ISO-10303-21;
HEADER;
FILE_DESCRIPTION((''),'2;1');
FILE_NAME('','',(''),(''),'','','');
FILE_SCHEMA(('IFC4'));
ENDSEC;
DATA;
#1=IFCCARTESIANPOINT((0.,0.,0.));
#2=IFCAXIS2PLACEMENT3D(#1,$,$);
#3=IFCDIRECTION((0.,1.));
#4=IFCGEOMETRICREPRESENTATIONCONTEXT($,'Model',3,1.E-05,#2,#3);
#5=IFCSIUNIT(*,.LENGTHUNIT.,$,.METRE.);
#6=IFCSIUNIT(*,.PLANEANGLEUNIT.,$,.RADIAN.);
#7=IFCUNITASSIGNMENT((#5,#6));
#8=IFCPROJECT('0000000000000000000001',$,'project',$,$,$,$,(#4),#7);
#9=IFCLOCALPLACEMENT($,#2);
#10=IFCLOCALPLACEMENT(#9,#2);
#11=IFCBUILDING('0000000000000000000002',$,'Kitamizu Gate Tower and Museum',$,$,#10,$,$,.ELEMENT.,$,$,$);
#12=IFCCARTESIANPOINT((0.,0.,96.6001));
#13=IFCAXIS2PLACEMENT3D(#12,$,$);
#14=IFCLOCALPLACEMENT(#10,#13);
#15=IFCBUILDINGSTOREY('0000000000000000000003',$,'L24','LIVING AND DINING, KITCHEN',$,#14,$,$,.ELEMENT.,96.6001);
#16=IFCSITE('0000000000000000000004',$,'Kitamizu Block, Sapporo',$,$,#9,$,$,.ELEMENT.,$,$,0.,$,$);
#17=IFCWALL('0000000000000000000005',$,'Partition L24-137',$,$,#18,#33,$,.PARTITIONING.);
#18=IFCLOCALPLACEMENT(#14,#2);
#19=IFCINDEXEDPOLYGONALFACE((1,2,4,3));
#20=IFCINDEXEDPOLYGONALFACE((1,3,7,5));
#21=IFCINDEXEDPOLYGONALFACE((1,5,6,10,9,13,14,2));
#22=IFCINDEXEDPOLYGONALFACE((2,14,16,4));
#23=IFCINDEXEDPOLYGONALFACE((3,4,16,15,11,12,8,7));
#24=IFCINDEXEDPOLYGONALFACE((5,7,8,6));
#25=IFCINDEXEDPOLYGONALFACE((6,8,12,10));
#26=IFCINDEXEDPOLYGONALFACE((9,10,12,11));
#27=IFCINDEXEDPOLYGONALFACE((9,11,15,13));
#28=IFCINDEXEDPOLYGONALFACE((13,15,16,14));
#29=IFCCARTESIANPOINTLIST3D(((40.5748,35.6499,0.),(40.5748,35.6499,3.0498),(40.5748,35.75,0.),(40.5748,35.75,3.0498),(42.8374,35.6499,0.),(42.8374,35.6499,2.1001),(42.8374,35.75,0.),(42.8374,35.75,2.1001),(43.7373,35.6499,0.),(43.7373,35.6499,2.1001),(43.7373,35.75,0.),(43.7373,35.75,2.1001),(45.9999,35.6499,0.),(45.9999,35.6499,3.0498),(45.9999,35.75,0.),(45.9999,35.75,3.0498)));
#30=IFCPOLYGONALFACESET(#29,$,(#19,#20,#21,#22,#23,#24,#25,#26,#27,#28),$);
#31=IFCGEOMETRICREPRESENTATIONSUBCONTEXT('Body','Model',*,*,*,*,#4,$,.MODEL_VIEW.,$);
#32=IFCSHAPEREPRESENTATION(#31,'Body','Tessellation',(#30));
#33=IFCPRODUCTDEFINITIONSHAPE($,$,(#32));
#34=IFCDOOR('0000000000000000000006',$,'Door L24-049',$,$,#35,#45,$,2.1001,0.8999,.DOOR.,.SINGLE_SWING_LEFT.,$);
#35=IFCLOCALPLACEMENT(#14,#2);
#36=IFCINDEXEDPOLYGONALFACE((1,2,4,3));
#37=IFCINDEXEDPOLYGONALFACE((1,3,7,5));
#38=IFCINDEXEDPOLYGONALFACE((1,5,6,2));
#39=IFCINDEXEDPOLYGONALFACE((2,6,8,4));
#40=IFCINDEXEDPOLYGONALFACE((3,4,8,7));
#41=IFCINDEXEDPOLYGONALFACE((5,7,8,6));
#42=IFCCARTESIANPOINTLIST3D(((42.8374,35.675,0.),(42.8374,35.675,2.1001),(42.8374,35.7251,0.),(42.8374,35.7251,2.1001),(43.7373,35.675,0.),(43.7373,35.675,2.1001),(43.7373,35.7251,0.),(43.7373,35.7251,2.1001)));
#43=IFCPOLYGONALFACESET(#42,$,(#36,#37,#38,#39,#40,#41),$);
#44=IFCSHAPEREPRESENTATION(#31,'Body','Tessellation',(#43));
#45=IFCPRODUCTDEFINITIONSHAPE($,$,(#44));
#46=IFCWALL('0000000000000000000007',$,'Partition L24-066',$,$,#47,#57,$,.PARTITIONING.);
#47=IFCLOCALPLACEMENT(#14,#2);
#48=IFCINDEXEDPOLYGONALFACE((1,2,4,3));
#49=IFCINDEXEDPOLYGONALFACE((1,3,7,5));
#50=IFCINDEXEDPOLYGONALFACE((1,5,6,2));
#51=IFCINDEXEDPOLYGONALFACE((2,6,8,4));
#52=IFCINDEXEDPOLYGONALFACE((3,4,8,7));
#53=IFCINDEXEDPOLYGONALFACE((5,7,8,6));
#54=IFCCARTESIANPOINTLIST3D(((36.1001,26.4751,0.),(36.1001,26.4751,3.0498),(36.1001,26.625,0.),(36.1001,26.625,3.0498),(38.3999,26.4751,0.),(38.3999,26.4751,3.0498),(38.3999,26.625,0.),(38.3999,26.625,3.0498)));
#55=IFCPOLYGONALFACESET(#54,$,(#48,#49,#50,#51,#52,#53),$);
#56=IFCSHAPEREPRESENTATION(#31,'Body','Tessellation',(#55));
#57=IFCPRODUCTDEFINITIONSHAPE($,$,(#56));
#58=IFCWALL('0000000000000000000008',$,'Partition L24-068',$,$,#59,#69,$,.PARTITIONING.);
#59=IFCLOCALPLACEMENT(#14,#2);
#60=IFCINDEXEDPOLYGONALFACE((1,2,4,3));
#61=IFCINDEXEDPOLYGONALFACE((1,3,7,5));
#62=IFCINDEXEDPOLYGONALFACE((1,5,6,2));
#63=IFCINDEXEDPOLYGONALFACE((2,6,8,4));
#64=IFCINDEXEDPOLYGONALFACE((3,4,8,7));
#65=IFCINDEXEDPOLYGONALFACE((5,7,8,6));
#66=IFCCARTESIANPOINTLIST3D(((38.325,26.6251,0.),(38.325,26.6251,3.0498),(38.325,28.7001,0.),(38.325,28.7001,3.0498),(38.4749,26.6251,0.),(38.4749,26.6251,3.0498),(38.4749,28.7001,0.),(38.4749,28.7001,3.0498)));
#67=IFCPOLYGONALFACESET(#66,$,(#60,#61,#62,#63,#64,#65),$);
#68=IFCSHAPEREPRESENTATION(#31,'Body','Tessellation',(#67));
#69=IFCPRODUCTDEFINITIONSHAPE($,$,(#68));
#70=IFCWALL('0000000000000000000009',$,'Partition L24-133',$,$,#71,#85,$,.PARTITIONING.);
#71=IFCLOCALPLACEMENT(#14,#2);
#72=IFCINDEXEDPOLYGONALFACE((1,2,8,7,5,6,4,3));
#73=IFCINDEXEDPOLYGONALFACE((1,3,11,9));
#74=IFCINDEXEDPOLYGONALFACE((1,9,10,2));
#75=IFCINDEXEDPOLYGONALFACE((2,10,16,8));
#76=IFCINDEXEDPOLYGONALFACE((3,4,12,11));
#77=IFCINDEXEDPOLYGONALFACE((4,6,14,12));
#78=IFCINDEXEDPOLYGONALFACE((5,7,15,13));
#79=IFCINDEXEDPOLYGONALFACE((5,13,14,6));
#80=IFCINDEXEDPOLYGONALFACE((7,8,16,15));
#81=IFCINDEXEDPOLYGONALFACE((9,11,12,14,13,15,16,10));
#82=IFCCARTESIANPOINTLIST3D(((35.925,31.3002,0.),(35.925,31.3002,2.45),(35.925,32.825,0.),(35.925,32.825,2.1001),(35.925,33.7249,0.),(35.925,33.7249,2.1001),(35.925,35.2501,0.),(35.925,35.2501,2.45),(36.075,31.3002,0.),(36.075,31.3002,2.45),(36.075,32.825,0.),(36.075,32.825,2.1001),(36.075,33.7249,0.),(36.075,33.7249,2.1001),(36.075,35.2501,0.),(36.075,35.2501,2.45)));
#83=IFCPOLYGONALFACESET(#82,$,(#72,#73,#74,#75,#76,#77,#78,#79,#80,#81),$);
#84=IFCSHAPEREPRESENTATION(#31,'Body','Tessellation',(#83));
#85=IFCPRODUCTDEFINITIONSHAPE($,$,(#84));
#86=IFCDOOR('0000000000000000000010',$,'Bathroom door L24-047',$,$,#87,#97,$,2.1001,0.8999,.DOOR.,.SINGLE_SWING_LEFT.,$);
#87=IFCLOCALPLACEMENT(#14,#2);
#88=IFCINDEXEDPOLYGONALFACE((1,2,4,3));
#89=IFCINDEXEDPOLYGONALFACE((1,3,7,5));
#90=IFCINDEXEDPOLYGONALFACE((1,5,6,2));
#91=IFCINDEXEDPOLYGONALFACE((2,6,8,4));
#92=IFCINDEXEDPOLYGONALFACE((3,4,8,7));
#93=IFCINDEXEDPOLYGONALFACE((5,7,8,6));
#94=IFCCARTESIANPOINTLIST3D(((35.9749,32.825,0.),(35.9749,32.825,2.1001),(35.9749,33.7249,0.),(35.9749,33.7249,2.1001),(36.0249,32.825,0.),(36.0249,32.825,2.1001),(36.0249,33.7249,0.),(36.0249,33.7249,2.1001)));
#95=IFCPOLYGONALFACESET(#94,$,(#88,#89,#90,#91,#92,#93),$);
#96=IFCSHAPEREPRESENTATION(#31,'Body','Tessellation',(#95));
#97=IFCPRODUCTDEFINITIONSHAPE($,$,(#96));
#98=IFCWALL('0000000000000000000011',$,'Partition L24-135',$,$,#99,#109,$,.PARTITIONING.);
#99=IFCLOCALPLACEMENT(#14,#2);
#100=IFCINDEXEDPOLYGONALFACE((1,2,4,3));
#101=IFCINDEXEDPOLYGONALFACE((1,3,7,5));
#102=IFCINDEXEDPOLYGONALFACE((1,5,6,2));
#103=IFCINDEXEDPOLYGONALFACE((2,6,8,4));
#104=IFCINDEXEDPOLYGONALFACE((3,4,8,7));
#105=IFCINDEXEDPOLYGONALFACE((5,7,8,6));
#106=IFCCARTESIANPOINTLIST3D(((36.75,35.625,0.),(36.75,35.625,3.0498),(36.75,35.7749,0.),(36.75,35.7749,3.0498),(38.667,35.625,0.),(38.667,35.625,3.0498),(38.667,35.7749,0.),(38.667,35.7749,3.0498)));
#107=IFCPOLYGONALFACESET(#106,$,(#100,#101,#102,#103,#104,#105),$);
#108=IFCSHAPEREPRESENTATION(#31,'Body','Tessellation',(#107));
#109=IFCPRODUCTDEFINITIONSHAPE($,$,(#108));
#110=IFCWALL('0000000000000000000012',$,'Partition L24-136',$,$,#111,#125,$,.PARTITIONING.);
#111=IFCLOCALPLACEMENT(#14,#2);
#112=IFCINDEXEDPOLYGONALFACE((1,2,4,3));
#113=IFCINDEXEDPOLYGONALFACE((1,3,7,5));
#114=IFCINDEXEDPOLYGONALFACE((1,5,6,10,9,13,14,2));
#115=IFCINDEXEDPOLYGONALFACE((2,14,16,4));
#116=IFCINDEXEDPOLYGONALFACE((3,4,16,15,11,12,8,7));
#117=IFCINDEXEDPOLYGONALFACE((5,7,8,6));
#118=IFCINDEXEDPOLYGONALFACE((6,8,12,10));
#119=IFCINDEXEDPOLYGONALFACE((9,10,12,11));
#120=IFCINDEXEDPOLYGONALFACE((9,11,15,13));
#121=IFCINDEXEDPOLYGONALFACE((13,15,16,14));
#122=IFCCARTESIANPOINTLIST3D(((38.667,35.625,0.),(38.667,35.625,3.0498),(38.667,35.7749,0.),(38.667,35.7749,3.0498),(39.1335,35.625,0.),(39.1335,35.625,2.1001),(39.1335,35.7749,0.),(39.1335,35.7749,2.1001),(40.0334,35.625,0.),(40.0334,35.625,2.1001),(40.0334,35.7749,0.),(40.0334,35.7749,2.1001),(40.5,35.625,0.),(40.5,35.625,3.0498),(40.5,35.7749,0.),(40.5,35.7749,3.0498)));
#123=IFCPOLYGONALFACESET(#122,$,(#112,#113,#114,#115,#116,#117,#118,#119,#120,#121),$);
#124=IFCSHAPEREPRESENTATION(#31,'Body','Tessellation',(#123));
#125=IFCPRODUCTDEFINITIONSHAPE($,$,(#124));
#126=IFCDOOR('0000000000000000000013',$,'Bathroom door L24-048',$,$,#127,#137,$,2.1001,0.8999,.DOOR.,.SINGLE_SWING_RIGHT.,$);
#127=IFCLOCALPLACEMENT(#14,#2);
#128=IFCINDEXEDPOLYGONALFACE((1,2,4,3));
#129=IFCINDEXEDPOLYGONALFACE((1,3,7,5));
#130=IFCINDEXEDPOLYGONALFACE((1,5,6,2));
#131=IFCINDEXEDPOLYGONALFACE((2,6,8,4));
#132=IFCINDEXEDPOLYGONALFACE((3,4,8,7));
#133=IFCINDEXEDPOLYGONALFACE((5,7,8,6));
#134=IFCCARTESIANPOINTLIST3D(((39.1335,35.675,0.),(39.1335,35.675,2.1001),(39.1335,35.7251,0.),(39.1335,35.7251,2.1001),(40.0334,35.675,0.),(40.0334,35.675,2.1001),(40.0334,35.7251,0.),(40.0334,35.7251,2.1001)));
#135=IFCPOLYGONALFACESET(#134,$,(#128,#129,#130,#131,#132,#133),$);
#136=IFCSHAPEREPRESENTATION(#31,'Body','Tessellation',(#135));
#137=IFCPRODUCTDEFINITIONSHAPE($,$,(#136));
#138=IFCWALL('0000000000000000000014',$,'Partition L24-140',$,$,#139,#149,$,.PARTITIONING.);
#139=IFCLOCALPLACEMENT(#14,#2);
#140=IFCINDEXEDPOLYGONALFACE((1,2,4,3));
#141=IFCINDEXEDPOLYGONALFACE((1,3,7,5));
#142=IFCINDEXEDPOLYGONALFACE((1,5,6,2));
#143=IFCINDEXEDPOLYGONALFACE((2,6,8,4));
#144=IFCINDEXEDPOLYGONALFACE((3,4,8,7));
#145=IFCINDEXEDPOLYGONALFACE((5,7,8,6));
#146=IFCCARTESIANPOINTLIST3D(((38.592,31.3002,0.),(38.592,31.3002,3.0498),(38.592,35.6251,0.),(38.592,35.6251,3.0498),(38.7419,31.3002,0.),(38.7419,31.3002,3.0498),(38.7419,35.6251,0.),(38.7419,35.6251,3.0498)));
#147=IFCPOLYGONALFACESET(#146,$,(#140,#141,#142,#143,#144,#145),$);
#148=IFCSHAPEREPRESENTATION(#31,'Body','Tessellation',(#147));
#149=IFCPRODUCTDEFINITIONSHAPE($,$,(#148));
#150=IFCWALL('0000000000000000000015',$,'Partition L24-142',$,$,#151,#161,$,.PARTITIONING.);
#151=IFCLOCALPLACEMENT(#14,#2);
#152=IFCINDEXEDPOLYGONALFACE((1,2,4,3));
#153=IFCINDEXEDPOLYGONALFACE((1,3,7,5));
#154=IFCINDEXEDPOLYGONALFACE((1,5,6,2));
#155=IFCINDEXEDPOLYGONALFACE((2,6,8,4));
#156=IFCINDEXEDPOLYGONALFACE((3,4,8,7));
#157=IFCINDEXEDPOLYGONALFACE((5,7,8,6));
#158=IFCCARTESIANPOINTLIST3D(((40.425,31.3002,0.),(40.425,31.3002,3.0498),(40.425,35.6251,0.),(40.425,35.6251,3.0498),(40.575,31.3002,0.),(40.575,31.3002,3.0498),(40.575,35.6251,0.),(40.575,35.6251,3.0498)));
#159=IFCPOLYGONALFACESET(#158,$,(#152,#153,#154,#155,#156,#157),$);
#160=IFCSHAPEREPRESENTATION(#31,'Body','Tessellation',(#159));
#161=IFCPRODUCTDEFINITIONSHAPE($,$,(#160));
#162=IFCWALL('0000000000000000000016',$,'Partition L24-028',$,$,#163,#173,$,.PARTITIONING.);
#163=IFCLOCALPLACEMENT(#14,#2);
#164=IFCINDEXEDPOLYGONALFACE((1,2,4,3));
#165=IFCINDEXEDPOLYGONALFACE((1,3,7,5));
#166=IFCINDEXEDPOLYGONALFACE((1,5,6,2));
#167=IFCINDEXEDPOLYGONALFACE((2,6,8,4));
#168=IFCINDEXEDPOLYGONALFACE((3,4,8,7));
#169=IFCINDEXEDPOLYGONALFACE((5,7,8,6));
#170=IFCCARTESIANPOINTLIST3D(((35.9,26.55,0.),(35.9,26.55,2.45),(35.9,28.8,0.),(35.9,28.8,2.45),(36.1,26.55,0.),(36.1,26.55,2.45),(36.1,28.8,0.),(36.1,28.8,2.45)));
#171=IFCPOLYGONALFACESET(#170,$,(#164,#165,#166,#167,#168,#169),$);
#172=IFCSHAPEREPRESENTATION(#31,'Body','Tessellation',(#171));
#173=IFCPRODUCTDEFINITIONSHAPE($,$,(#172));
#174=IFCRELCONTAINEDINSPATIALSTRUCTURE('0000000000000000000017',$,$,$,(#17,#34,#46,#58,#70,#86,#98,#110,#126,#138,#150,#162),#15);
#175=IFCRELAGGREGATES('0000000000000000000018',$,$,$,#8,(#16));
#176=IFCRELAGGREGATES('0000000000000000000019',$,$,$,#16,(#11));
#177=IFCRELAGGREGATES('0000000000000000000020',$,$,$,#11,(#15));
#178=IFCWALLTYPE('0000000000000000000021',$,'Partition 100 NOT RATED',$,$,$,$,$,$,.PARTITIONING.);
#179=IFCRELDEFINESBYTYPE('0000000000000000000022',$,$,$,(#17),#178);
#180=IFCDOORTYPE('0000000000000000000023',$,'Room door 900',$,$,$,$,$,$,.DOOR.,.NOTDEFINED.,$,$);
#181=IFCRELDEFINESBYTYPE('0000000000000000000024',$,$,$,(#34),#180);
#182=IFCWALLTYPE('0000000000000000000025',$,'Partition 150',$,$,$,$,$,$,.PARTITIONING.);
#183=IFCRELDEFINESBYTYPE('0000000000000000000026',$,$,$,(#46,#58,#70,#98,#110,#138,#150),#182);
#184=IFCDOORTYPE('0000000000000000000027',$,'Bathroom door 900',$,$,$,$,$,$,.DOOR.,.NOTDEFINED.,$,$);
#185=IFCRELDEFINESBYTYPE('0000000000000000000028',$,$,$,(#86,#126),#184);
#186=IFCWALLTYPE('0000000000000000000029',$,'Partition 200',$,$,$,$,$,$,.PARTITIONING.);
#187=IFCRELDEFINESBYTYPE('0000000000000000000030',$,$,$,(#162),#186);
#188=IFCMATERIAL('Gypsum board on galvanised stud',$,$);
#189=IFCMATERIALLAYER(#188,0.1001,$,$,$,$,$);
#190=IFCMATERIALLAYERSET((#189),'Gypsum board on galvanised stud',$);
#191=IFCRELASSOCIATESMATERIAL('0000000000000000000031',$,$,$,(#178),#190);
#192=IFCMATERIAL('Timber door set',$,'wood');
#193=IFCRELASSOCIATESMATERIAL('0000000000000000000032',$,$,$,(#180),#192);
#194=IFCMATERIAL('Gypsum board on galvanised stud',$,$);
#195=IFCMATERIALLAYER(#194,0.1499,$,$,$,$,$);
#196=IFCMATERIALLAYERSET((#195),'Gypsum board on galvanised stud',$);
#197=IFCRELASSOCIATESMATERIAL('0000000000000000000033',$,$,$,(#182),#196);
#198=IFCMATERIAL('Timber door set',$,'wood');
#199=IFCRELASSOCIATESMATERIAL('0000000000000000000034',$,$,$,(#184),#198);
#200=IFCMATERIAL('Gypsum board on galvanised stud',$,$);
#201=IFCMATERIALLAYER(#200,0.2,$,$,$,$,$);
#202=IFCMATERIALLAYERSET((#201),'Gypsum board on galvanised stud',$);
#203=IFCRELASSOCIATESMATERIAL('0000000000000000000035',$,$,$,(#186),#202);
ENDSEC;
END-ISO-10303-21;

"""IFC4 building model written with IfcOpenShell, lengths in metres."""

from ifc_helpers import new_model, si_unit, direction, frame, frame_2d, origin, place, context, subcontext, project, spatial, rectangle, extrude, material, layer, layer_set, type_object, element, fill, save


model = new_model("IFC4")

# Units and contexts
model_context = context("Model", 3, precision=1e-05, world=origin(), true_north=direction((0.0, 1.0)))
body_context = subcontext(model_context, "Body", "Model", "MODEL_VIEW")
ifc_project = project(units=[si_unit("LENGTHUNIT", "METRE"), si_unit("PLANEANGLEUNIT", "RADIAN")], contexts=[model_context])

# Site, building, storey
site_placement = place(None, origin())
site = spatial("IfcSite", under=ifc_project, at=site_placement, Name="Kitamizu Block, Sapporo", CompositionType="ELEMENT", RefElevation=0.0)
building_placement = place(site_placement, origin())
building = spatial("IfcBuilding", under=site, at=building_placement, Name="Kitamizu Gate Tower and Museum", CompositionType="ELEMENT")
storey_placement = place(building_placement, frame((0.0, 0.0, 96.6001)))
storey = spatial("IfcBuildingStorey", under=building, at=storey_placement, Name="L24", Description="LIVING AND DINING, KITCHEN", CompositionType="ELEMENT", Elevation=96.6001)

# Wall, opening, door
ifc_material_1 = material(Name="Gypsum board on galvanised stud")
ifc_layer_1 = layer(ifc_material_1, 0.1001)
ifc_layer_set_1 = layer_set([ifc_layer_1], Name="Gypsum board on galvanised stud")
wall_type_1 = type_object("IfcWallType", Name="Partition 100 NOT RATED", PredefinedType="PARTITIONING", material=ifc_layer_set_1)
wall_1_placement = place(storey_placement, frame((40.575, 35.7, 0.0), z_axis=(0.0, 0.0, 1.0), x_axis=(1.0, 0.0, 0.0)))
wall_1 = element("IfcWall", 1, at=wall_1_placement, inside=storey, type_object=wall_type_1, Name="Partition L24-137", PredefinedType="PARTITIONING", context=body_context, shape_type="SweptSolid", body=[
    extrude(rectangle(XDim=5.425, YDim=0.1001, at=frame_2d((2.7124, 0.0))), origin(), (0.0, 0.0, 1.0), 3.0498),
])
opening_1_placement = place(wall_1_placement, frame((2.2625, 0.0, 0.0)))
opening_1 = element("IfcOpeningElement", 2, at=opening_1_placement, cuts=wall_1, PredefinedType="OPENING", context=body_context, shape_type="SweptSolid", body=[
    extrude(rectangle(XDim=0.8999, YDim=2.1001, at=frame_2d((0.45, 1.05))), frame((0.0, 0.0601, 0.0), z_axis=(0.0, -1.0, 0.0), x_axis=(1.0, 0.0, 0.0)), (0.0, 0.0, 1.0), 0.1201),
])
ifc_material_2 = material(Name="Timber door set", Category="wood")
door_type_1 = type_object("IfcDoorType", Name="Room door 900", OperationType="NOTDEFINED", PredefinedType="DOOR", material=ifc_material_2)
door_1_placement = place(opening_1_placement, frame((0.8999, 0.0, 0.0), x_axis=(-1.0, 0.0, 0.0)))
door_1 = element("IfcDoor", 3, at=door_1_placement, inside=storey, type_object=door_type_1, Name="Door L24-049", OperationType="SINGLE_SWING_LEFT", OverallHeight=2.1001, OverallWidth=0.8999, PredefinedType="DOOR", context=body_context, shape_type="SweptSolid", body=[
    extrude(rectangle(XDim=0.8999, YDim=2.1001, at=frame_2d((0.45, 1.05))), frame((0.0, 0.0249, 0.0), z_axis=(0.0, -1.0, 0.0), x_axis=(1.0, 0.0, 0.0)), (0.0, 0.0, 1.0), 0.05),
])
fill(opening_1, door_1)

# Walls
ifc_material_3 = material(Name="Gypsum board on galvanised stud")
ifc_layer_2 = layer(ifc_material_3, 0.1499)
ifc_layer_set_2 = layer_set([ifc_layer_2], Name="Gypsum board on galvanised stud")
wall_type_2 = type_object("IfcWallType", Name="Partition 150", PredefinedType="PARTITIONING", material=ifc_layer_set_2)
wall_2_placement = place(storey_placement, frame((38.3999, 26.55, 0.0), z_axis=(0.0, 0.0, 1.0), x_axis=(-1.0, 0.0, 0.0)))
element("IfcWall", 4, at=wall_2_placement, inside=storey, type_object=wall_type_2, Name="Partition L24-066", PredefinedType="PARTITIONING", context=body_context, shape_type="SweptSolid", body=[
    extrude(rectangle(XDim=2.2998, YDim=0.1499, at=frame_2d((1.1499, 0.0))), origin(), (0.0, 0.0, 1.0), 3.0498),
])
wall_3_placement = place(storey_placement, frame((38.3999, 26.625, 0.0), z_axis=(0.0, 0.0, 1.0), x_axis=(0.0, 1.0, 0.0)))
element("IfcWall", 5, at=wall_3_placement, inside=storey, type_object=wall_type_2, Name="Partition L24-068", PredefinedType="PARTITIONING", context=body_context, shape_type="SweptSolid", body=[
    extrude(rectangle(XDim=2.075, YDim=0.1499, at=frame_2d((1.0376, 0.0))), origin(), (0.0, 0.0, 1.0), 3.0498),
])

# Wall, opening, door
wall_4_placement = place(storey_placement, frame((36.0, 31.3, 0.0), z_axis=(0.0, 0.0, 1.0), x_axis=(0.0, 1.0, 0.0)))
wall_4 = element("IfcWall", 6, at=wall_4_placement, inside=storey, type_object=wall_type_2, Name="Partition L24-133", PredefinedType="PARTITIONING", context=body_context, shape_type="SweptSolid", body=[
    extrude(rectangle(XDim=3.95, YDim=0.1499, at=frame_2d((1.9751, 0.0))), origin(), (0.0, 0.0, 1.0), 2.45),
])
opening_2_placement = place(wall_4_placement, frame((1.5249, 0.0, 0.0)))
opening_2 = element("IfcOpeningElement", 7, at=opening_2_placement, cuts=wall_4, PredefinedType="OPENING", context=body_context, shape_type="SweptSolid", body=[
    extrude(rectangle(XDim=0.8999, YDim=2.1001, at=frame_2d((0.45, 1.05))), frame((0.0, 0.085, 0.0), z_axis=(0.0, -1.0, 0.0), x_axis=(1.0, 0.0, 0.0)), (0.0, 0.0, 1.0), 0.1699),
])
ifc_material_4 = material(Name="Timber door set", Category="wood")
door_type_2 = type_object("IfcDoorType", Name="Bathroom door 900", OperationType="NOTDEFINED", PredefinedType="DOOR", material=ifc_material_4)
door_2_placement = place(opening_2_placement, frame((0.8999, 0.0, 0.0), x_axis=(-1.0, 0.0, 0.0)))
door_2 = element("IfcDoor", 8, at=door_2_placement, inside=storey, type_object=door_type_2, Name="Bathroom door L24-047", OperationType="SINGLE_SWING_LEFT", OverallHeight=2.1001, OverallWidth=0.8999, PredefinedType="DOOR", context=body_context, shape_type="SweptSolid", body=[
    extrude(rectangle(XDim=0.8999, YDim=2.1001, at=frame_2d((0.45, 1.05))), frame((0.0, 0.0249, 0.0), z_axis=(0.0, -1.0, 0.0), x_axis=(1.0, 0.0, 0.0)), (0.0, 0.0, 1.0), 0.05),
])
fill(opening_2, door_2)

# Wall
wall_5_placement = place(storey_placement, frame((36.75, 35.7, 0.0), z_axis=(0.0, 0.0, 1.0), x_axis=(1.0, 0.0, 0.0)))
element("IfcWall", 9, at=wall_5_placement, inside=storey, type_object=wall_type_2, Name="Partition L24-135", PredefinedType="PARTITIONING", context=body_context, shape_type="SweptSolid", body=[
    extrude(rectangle(XDim=1.917, YDim=0.1499, at=frame_2d((0.9585, 0.0))), origin(), (0.0, 0.0, 1.0), 3.0498),
])

# Wall, opening, door
wall_6_placement = place(storey_placement, frame((38.667, 35.7, 0.0), z_axis=(0.0, 0.0, 1.0), x_axis=(1.0, 0.0, 0.0)))
wall_6 = element("IfcWall", 10, at=wall_6_placement, inside=storey, type_object=wall_type_2, Name="Partition L24-136", PredefinedType="PARTITIONING", context=body_context, shape_type="SweptSolid", body=[
    extrude(rectangle(XDim=1.833, YDim=0.1499, at=frame_2d((0.9165, 0.0))), origin(), (0.0, 0.0, 1.0), 3.0498),
])
opening_3_placement = place(wall_6_placement, frame((0.4666, 0.0, 0.0)))
opening_3 = element("IfcOpeningElement", 11, at=opening_3_placement, cuts=wall_6, PredefinedType="OPENING", context=body_context, shape_type="SweptSolid", body=[
    extrude(rectangle(XDim=0.8999, YDim=2.1001, at=frame_2d((0.45, 1.05))), frame((0.0, 0.085, 0.0), z_axis=(0.0, -1.0, 0.0), x_axis=(1.0, 0.0, 0.0)), (0.0, 0.0, 1.0), 0.1699),
])
door_3_placement = place(opening_3_placement, frame((0.8999, 0.0, 0.0), x_axis=(-1.0, 0.0, 0.0)))
door_3 = element("IfcDoor", 12, at=door_3_placement, inside=storey, type_object=door_type_2, Name="Bathroom door L24-048", OperationType="SINGLE_SWING_RIGHT", OverallHeight=2.1001, OverallWidth=0.8999, PredefinedType="DOOR", context=body_context, shape_type="SweptSolid", body=[
    extrude(rectangle(XDim=0.8999, YDim=2.1001, at=frame_2d((0.45, 1.05))), frame((0.0, 0.0249, 0.0), z_axis=(0.0, -1.0, 0.0), x_axis=(1.0, 0.0, 0.0)), (0.0, 0.0, 1.0), 0.05),
])
fill(opening_3, door_3)

# Walls
for number, where, z_axis, x_axis, name in (
    (13, (38.667, 31.3, 0.0), (0.0, 0.0, 1.0), (0.0, 1.0, 0.0), "Partition L24-140"),
    (14, (40.5, 31.3, 0.0), (0.0, 0.0, 1.0), (0.0, 1.0, 0.0), "Partition L24-142"),
):
    element("IfcWall", number, at=place(storey_placement, frame(where, z_axis=z_axis, x_axis=x_axis)), inside=storey, type_object=wall_type_2, Name=name, PredefinedType="PARTITIONING", context=body_context, shape_type="SweptSolid", body=[
        extrude(rectangle(XDim=4.325, YDim=0.1499, at=frame_2d((2.1626, 0.0))), origin(), (0.0, 0.0, 1.0), 3.0498),
    ])
ifc_material_5 = material(Name="Gypsum board on galvanised stud")
ifc_layer_3 = layer(ifc_material_5, 0.2)
ifc_layer_set_3 = layer_set([ifc_layer_3], Name="Gypsum board on galvanised stud")
wall_type_3 = type_object("IfcWallType", Name="Partition 200", PredefinedType="PARTITIONING", material=ifc_layer_set_3)
wall_7_placement = place(storey_placement, frame((36.0, 26.55, 0.0), z_axis=(0.0, 0.0, 1.0), x_axis=(0.0, 1.0, 0.0)))
element("IfcWall", 15, at=wall_7_placement, inside=storey, type_object=wall_type_3, Name="Partition L24-028", PredefinedType="PARTITIONING", context=body_context, shape_type="SweptSolid", body=[
    extrude(rectangle(XDim=2.25, YDim=0.2, at=frame_2d((1.125, 0.0))), origin(), (0.0, 0.0, 1.0), 2.45),
])

save(model, "model.ifc")
